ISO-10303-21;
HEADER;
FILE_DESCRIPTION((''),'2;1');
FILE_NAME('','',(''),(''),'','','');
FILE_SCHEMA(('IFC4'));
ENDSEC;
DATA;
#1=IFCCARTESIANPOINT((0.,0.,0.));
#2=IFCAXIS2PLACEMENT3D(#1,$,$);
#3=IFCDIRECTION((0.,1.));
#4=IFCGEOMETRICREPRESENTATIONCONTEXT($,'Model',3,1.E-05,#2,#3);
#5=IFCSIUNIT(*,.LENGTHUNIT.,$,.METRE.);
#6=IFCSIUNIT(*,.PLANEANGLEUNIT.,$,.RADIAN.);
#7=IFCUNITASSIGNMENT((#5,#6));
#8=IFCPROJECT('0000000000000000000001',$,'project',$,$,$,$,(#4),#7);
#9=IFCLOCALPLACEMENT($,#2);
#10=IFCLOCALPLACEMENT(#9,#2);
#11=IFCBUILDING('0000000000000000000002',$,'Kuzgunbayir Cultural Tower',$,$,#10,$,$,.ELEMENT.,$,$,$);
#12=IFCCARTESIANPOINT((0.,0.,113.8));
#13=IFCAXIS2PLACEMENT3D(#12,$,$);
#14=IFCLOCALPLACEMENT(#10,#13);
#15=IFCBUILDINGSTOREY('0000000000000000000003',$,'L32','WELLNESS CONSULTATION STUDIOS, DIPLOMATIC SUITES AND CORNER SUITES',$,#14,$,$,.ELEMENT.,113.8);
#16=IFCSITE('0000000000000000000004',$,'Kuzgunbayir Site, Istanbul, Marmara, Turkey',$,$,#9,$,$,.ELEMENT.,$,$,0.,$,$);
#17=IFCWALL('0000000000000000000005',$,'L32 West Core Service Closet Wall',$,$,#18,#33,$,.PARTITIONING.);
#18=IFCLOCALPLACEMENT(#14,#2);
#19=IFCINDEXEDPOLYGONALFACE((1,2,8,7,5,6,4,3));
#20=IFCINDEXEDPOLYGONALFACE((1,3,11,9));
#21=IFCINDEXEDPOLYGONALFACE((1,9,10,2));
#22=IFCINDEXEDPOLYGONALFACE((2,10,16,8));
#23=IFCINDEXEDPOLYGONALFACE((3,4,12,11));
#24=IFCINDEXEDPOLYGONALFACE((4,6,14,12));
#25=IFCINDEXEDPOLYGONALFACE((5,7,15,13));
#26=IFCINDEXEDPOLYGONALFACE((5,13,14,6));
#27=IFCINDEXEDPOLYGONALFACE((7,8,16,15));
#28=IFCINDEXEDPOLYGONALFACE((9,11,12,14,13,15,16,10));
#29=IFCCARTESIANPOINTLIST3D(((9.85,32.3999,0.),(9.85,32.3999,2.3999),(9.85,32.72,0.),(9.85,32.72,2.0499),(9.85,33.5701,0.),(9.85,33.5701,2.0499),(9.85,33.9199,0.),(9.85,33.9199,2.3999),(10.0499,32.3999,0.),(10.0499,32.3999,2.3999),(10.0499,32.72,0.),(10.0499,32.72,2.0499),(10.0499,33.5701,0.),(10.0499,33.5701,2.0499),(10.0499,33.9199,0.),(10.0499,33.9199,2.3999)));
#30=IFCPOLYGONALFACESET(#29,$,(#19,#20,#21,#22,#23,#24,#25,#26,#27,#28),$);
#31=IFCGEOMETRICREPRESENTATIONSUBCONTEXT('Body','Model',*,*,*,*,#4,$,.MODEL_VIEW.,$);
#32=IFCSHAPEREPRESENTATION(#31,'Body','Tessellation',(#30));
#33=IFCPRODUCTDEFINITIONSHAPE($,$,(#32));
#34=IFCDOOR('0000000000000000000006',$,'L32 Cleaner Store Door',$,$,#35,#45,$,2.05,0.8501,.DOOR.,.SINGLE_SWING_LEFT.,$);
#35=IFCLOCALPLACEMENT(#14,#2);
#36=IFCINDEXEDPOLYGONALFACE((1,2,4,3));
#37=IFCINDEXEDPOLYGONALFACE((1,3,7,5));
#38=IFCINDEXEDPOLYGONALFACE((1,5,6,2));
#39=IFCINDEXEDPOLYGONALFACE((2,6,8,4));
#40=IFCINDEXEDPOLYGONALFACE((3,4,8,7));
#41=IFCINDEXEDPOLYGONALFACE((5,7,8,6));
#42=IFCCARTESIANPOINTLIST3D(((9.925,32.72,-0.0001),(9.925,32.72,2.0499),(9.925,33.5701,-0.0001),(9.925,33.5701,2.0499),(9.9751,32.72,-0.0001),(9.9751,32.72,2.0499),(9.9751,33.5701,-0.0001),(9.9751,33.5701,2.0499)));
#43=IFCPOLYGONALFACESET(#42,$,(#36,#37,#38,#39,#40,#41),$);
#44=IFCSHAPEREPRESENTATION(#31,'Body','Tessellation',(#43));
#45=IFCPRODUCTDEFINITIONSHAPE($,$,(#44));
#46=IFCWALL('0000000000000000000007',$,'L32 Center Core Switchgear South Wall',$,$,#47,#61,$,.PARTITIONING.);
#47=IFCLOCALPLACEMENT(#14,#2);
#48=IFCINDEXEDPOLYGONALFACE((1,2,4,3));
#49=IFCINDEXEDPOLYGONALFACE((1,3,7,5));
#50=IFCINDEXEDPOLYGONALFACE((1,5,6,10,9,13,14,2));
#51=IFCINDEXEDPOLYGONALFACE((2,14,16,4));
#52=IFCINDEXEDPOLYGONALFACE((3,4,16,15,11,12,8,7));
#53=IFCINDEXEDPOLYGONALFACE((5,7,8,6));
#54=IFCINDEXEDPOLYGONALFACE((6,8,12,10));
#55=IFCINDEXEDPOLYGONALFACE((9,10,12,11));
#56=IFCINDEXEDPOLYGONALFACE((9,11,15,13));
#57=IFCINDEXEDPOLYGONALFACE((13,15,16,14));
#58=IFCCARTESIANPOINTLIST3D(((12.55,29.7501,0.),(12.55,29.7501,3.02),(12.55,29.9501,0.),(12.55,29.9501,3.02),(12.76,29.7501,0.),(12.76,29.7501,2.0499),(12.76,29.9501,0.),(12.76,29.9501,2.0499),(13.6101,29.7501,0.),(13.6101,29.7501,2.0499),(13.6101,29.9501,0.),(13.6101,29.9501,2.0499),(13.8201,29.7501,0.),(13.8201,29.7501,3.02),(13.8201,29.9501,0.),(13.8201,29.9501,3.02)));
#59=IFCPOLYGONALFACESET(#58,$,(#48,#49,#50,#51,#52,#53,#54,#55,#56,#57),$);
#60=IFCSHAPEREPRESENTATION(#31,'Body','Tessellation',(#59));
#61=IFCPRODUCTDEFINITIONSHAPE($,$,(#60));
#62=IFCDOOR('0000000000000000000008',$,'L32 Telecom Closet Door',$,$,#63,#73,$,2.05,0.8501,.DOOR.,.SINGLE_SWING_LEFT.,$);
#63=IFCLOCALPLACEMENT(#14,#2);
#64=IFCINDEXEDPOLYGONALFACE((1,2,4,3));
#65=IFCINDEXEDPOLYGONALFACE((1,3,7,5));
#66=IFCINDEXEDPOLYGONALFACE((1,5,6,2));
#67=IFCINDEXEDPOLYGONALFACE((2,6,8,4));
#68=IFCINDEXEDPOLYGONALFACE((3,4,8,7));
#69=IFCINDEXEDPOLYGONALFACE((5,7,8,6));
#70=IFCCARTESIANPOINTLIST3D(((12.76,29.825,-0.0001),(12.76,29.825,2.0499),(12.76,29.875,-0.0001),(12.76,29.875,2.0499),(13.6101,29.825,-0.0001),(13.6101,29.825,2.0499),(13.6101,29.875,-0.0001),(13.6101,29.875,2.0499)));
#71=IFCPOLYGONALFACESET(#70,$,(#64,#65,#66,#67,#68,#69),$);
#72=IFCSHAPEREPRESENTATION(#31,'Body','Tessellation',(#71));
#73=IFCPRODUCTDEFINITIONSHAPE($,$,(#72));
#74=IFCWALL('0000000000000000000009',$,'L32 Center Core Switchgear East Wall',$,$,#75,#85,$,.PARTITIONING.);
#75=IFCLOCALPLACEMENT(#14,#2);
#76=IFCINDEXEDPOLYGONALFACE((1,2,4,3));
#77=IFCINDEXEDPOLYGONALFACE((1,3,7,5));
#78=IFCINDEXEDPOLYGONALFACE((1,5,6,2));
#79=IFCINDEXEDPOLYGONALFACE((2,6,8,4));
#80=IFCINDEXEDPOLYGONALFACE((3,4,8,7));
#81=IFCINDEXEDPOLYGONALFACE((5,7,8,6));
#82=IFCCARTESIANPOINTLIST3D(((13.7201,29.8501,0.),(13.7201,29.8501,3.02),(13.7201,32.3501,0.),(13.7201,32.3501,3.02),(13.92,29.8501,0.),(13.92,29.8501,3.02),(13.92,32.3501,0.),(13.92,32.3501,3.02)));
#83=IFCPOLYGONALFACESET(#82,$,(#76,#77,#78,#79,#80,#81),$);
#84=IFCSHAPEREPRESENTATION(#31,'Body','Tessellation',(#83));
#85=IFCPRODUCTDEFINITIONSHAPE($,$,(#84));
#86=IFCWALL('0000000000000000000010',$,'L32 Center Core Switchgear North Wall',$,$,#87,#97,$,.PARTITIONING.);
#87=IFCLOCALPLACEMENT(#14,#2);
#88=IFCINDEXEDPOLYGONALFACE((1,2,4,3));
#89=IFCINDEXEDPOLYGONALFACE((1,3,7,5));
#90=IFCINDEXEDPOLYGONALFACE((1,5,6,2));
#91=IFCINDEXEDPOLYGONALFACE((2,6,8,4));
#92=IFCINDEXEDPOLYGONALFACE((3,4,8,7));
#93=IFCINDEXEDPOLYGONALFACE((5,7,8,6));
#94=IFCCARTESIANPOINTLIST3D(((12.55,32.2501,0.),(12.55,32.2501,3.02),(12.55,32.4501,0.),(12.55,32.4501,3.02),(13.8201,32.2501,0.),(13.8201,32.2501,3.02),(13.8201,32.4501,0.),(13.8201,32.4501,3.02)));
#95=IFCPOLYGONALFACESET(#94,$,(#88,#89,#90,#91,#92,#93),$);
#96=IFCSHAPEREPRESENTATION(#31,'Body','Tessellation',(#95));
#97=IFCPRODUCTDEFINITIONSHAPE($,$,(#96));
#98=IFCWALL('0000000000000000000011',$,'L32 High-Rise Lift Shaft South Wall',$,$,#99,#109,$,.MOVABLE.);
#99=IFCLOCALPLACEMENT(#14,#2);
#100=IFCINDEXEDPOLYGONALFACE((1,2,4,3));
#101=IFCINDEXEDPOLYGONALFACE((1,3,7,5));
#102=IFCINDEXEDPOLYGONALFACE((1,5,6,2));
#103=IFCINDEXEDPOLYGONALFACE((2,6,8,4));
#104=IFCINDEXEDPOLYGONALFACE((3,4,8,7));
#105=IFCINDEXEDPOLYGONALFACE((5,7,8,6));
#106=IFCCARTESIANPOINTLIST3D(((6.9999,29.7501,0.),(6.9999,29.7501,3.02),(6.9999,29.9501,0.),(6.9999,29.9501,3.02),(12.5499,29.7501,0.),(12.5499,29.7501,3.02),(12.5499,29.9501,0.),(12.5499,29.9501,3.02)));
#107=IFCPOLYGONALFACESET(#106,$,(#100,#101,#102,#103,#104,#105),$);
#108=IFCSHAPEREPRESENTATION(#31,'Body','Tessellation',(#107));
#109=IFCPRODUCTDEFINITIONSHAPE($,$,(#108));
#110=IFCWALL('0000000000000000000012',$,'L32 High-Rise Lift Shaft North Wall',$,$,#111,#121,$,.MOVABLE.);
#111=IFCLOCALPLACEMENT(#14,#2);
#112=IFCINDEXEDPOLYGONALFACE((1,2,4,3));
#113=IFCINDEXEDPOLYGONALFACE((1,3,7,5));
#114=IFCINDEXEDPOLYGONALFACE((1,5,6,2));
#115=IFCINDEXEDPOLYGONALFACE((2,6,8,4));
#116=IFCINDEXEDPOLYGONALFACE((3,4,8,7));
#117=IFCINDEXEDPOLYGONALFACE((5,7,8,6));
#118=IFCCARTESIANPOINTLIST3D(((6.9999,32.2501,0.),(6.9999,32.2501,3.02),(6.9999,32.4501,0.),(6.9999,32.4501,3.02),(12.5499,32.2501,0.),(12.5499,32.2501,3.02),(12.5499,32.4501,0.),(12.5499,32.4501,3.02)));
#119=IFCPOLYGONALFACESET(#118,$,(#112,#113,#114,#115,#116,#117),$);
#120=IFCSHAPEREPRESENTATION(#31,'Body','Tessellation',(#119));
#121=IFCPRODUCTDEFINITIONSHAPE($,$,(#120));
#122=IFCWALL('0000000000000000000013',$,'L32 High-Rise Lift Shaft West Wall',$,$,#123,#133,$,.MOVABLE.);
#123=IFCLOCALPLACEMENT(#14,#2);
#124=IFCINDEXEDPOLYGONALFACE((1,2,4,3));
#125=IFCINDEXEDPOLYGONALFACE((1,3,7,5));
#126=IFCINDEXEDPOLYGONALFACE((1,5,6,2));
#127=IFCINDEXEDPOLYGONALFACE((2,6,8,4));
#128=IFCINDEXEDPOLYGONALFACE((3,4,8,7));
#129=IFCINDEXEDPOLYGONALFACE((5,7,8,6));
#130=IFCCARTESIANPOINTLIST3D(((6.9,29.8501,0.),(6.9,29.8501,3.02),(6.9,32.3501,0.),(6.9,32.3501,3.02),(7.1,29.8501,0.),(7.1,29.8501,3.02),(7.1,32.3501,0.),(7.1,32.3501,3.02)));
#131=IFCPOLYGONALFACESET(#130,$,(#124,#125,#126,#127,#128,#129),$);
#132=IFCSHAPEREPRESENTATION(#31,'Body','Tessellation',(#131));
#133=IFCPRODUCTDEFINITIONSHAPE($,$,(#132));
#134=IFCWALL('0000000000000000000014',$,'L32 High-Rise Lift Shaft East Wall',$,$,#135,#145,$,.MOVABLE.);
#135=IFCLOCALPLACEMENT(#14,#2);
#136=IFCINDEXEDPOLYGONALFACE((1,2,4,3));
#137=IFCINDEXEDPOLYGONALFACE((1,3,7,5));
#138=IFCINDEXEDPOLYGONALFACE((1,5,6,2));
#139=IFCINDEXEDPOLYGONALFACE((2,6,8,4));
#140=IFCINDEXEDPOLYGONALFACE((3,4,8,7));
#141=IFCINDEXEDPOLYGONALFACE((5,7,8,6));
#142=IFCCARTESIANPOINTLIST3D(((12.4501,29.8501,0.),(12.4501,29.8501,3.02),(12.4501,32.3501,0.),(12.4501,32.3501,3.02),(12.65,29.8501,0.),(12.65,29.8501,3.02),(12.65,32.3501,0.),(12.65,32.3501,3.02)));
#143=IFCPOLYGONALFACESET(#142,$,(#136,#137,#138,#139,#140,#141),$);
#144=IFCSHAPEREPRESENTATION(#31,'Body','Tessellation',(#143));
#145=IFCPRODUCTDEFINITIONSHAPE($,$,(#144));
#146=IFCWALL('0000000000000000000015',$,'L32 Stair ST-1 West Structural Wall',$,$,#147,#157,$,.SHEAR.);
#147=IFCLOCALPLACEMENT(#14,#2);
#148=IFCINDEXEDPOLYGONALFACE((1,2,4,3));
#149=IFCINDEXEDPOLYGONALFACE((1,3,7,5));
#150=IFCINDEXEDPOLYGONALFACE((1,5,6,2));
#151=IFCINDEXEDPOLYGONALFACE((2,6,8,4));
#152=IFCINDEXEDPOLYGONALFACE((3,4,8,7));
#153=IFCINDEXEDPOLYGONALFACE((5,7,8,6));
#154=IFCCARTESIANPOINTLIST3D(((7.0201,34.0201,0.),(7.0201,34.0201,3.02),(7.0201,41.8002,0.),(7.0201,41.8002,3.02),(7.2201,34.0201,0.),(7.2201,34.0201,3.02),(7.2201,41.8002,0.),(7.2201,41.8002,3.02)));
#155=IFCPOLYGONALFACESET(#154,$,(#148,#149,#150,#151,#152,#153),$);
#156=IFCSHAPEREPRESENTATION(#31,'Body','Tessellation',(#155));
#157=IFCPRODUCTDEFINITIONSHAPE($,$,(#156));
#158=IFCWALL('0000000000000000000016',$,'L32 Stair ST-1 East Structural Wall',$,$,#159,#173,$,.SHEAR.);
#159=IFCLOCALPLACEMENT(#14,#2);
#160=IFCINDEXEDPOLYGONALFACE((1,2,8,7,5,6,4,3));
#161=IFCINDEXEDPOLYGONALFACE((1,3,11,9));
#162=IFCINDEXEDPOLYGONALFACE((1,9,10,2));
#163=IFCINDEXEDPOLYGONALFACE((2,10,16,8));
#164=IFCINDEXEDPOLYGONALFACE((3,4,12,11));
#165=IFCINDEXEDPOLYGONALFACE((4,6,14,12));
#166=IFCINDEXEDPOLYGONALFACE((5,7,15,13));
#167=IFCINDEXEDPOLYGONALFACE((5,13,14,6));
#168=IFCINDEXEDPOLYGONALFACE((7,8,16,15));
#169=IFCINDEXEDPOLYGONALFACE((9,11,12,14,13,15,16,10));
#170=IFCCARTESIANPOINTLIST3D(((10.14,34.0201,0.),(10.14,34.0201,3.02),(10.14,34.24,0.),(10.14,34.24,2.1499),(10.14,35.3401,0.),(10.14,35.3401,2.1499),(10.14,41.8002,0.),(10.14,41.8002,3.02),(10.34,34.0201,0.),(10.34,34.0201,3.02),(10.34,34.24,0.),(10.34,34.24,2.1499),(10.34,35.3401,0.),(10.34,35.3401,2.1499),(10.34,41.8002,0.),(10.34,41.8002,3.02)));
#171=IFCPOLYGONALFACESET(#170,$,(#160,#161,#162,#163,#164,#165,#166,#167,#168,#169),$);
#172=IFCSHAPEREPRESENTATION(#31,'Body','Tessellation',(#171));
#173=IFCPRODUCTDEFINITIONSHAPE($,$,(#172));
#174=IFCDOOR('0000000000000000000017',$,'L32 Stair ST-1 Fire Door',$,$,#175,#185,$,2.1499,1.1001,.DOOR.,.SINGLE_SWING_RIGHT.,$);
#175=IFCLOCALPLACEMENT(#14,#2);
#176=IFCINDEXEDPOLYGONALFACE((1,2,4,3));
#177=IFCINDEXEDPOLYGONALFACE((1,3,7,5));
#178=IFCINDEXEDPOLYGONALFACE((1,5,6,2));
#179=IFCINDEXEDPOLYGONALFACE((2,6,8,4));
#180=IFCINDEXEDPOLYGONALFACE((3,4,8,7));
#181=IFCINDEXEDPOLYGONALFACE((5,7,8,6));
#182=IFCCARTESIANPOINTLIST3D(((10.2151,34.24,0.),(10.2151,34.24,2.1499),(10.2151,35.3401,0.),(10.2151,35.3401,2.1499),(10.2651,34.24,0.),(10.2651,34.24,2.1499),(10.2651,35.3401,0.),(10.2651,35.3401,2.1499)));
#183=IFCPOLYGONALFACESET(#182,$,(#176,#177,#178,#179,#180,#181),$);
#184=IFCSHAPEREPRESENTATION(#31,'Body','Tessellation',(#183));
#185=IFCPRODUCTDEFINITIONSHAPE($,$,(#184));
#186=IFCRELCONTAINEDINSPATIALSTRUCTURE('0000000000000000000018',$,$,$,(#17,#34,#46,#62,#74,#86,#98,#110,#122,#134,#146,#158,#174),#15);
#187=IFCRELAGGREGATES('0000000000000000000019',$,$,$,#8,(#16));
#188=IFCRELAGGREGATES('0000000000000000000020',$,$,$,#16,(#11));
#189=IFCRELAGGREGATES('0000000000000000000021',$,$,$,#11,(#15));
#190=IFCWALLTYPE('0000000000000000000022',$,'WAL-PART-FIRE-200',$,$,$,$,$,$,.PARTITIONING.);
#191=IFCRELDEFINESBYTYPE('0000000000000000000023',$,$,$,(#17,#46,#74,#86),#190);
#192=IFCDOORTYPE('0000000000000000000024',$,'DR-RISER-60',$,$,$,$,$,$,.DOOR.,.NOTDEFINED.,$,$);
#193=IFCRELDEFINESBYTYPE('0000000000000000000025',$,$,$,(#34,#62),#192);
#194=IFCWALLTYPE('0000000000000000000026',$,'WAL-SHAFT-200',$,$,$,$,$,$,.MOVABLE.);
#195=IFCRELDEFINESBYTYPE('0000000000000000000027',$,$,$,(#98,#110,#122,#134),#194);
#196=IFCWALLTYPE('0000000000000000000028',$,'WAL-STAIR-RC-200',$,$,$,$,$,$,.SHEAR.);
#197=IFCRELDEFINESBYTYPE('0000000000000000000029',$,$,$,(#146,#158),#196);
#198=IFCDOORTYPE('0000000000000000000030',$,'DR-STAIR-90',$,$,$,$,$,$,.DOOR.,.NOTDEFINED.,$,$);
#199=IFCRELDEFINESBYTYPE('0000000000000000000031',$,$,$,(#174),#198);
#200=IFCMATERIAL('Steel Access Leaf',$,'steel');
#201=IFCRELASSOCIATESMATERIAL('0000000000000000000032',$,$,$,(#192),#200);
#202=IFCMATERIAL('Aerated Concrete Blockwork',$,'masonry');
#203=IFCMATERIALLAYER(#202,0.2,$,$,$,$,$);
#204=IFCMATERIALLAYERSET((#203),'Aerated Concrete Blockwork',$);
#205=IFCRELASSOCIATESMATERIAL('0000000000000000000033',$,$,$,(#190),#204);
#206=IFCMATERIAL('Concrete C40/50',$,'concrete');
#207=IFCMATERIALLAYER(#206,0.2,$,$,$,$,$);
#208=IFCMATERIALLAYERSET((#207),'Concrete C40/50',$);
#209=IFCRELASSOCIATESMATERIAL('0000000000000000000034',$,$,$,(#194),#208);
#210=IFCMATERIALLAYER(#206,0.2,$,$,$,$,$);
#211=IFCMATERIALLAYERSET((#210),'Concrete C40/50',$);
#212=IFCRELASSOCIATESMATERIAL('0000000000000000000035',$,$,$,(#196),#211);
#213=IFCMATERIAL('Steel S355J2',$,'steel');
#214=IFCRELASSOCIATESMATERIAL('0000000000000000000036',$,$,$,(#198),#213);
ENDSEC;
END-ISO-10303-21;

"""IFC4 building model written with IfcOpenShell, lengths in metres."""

from ifc_helpers import new_model, si_unit, direction, frame, frame_2d, origin, place, context, subcontext, project, spatial, rectangle, extrude, material, layer, layer_set, type_object, element, fill, save


model = new_model("IFC4")

# Units and contexts
model_context = context("Model", 3, precision=1e-05, world=origin(), true_north=direction((0.0, 1.0)))
body_context = subcontext(model_context, "Body", "Model", "MODEL_VIEW")
ifc_project = project(units=[si_unit("LENGTHUNIT", "METRE"), si_unit("PLANEANGLEUNIT", "RADIAN")], contexts=[model_context])

# Site, building, storey
site_placement = place(None, origin())
site = spatial("IfcSite", under=ifc_project, at=site_placement, Name="Kuzgunbayir Site, Istanbul, Marmara, Turkey", CompositionType="ELEMENT", RefElevation=0.0)
building_placement = place(site_placement, origin())
building = spatial("IfcBuilding", under=site, at=building_placement, Name="Kuzgunbayir Cultural Tower", CompositionType="ELEMENT")
storey_placement = place(building_placement, frame((0.0, 0.0, 113.8)))
storey = spatial("IfcBuildingStorey", under=building, at=storey_placement, Name="L32", Description="WELLNESS CONSULTATION STUDIOS, DIPLOMATIC SUITES AND CORNER SUITES", CompositionType="ELEMENT", Elevation=113.8)

# Shared definitions
ifc_material_1 = material(Name="Steel S355J2", Category="steel")

# Shared definitions
ifc_material_2 = material(Name="Steel Access Leaf", Category="steel")
door_type_1 = type_object("IfcDoorType", Name="DR-RISER-60", OperationType="NOTDEFINED", PredefinedType="DOOR", material=ifc_material_2)

# Shared definitions
ifc_material_3 = material(Name="Aerated Concrete Blockwork", Category="masonry")
ifc_layer_1 = layer(ifc_material_3, 0.2)
ifc_layer_set_1 = layer_set([ifc_layer_1], Name="Aerated Concrete Blockwork")
wall_type_1 = type_object("IfcWallType", Name="WAL-PART-FIRE-200", PredefinedType="PARTITIONING", material=ifc_layer_set_1)

# Walls, openings, doors
wall_1_placement = place(storey_placement, frame((9.95, 32.3999, 0.0), z_axis=(0.0, 0.0, 1.0), x_axis=(0.0, 1.0, 0.0)))
wall_1 = element("IfcWall", 1, at=wall_1_placement, inside=storey, type_object=wall_type_1, Name="L32 West Core Service Closet Wall", PredefinedType="PARTITIONING", context=body_context, shape_type="SweptSolid", body=[
    extrude(rectangle(XDim=1.52, YDim=0.2, at=frame_2d((0.76, 0.0))), origin(), (0.0, 0.0, 1.0), 2.3999),
])
opening_1_placement = place(wall_1_placement, frame((0.3201, 0.0, 0.0)))
opening_1 = element("IfcOpeningElement", 2, at=opening_1_placement, cuts=wall_1, PredefinedType="OPENING", context=body_context, shape_type="SweptSolid", body=[
    extrude(rectangle(XDim=0.8501, YDim=2.05, at=frame_2d((0.425, 1.0249))), frame((0.0, 0.1099, 0.0), z_axis=(0.0, -1.0, 0.0), x_axis=(1.0, 0.0, 0.0)), (0.0, 0.0, 1.0), 0.22),
])
door_1_placement = place(opening_1_placement, origin())
door_1 = element("IfcDoor", 3, at=door_1_placement, inside=storey, type_object=door_type_1, Name="L32 Cleaner Store Door", OperationType="SINGLE_SWING_LEFT", OverallHeight=2.05, OverallWidth=0.8501, PredefinedType="DOOR", context=body_context, shape_type="SweptSolid", body=[
    extrude(rectangle(XDim=0.8501, YDim=2.05, at=frame_2d((0.425, 1.0249))), frame((0.0, 0.0249, 0.0), z_axis=(0.0, -1.0, 0.0), x_axis=(1.0, 0.0, 0.0)), (0.0, 0.0, 1.0), 0.05),
])
fill(opening_1, door_1)
wall_2_placement = place(storey_placement, frame((12.55, 29.8501, 0.0), z_axis=(0.0, 0.0, 1.0), x_axis=(1.0, 0.0, 0.0)))
wall_2 = element("IfcWall", 4, at=wall_2_placement, inside=storey, type_object=wall_type_1, Name="L32 Center Core Switchgear South Wall", PredefinedType="PARTITIONING", context=body_context, shape_type="SweptSolid", body=[
    extrude(rectangle(XDim=1.27, YDim=0.2, at=frame_2d((0.635, 0.0))), origin(), (0.0, 0.0, 1.0), 3.02),
])
opening_2_placement = place(wall_2_placement, frame((0.21, 0.0, 0.0)))
opening_2 = element("IfcOpeningElement", 5, at=opening_2_placement, cuts=wall_2, PredefinedType="OPENING", context=body_context, shape_type="SweptSolid", body=[
    extrude(rectangle(XDim=0.8501, YDim=2.05, at=frame_2d((0.425, 1.0249))), frame((0.0, 0.1099, 0.0), z_axis=(0.0, -1.0, 0.0), x_axis=(1.0, 0.0, 0.0)), (0.0, 0.0, 1.0), 0.22),
])
door_2_placement = place(opening_2_placement, origin())
door_2 = element("IfcDoor", 6, at=door_2_placement, inside=storey, type_object=door_type_1, Name="L32 Telecom Closet Door", OperationType="SINGLE_SWING_LEFT", OverallHeight=2.05, OverallWidth=0.8501, PredefinedType="DOOR", context=body_context, shape_type="SweptSolid", body=[
    extrude(rectangle(XDim=0.8501, YDim=2.05, at=frame_2d((0.425, 1.0249))), frame((0.0, 0.0249, 0.0), z_axis=(0.0, -1.0, 0.0), x_axis=(1.0, 0.0, 0.0)), (0.0, 0.0, 1.0), 0.05),
])
fill(opening_2, door_2)

# Walls
wall_3_placement = place(storey_placement, frame((13.8201, 29.8501, 0.0), z_axis=(0.0, 0.0, 1.0), x_axis=(0.0, 1.0, 0.0)))
element("IfcWall", 7, at=wall_3_placement, inside=storey, type_object=wall_type_1, Name="L32 Center Core Switchgear East Wall", PredefinedType="PARTITIONING", context=body_context, shape_type="SweptSolid", body=[
    extrude(rectangle(XDim=2.5, YDim=0.2, at=frame_2d((1.25, 0.0))), origin(), (0.0, 0.0, 1.0), 3.02),
])
wall_4_placement = place(storey_placement, frame((12.55, 32.3501, 0.0), z_axis=(0.0, 0.0, 1.0), x_axis=(1.0, 0.0, 0.0)))
element("IfcWall", 8, at=wall_4_placement, inside=storey, type_object=wall_type_1, Name="L32 Center Core Switchgear North Wall", PredefinedType="PARTITIONING", context=body_context, shape_type="SweptSolid", body=[
    extrude(rectangle(XDim=1.27, YDim=0.2, at=frame_2d((0.635, 0.0))), origin(), (0.0, 0.0, 1.0), 3.02),
])
ifc_material_4 = material(Name="Concrete C40/50", Category="concrete")
ifc_layer_2 = layer(ifc_material_4, 0.2)
ifc_layer_set_2 = layer_set([ifc_layer_2], Name="Concrete C40/50")
wall_type_2 = type_object("IfcWallType", Name="WAL-SHAFT-200", PredefinedType="MOVABLE", material=ifc_layer_set_2)
for number, where, z_axis, x_axis, name in (
    (9, (7.0, 29.8501, 0.0), (0.0, 0.0, 1.0), (1.0, 0.0, 0.0), "L32 High-Rise Lift Shaft South Wall"),
    (10, (7.0, 32.3501, 0.0), (0.0, 0.0, 1.0), (1.0, 0.0, 0.0), "L32 High-Rise Lift Shaft North Wall"),
):
    element("IfcWall", number, at=place(storey_placement, frame(where, z_axis=z_axis, x_axis=x_axis)), inside=storey, type_object=wall_type_2, Name=name, PredefinedType="MOVABLE", context=body_context, shape_type="SweptSolid", body=[
        extrude(rectangle(XDim=5.55, YDim=0.2, at=frame_2d((2.7749, 0.0))), origin(), (0.0, 0.0, 1.0), 3.02),
    ])
for number, where, z_axis, x_axis, name in (
    (11, (7.0, 29.8501, 0.0), (0.0, 0.0, 1.0), (0.0, 1.0, 0.0), "L32 High-Rise Lift Shaft West Wall"),
    (12, (12.55, 29.8501, 0.0), (0.0, 0.0, 1.0), (0.0, 1.0, 0.0), "L32 High-Rise Lift Shaft East Wall"),
):
    element("IfcWall", number, at=place(storey_placement, frame(where, z_axis=z_axis, x_axis=x_axis)), inside=storey, type_object=wall_type_2, Name=name, PredefinedType="MOVABLE", context=body_context, shape_type="SweptSolid", body=[
        extrude(rectangle(XDim=2.5, YDim=0.2, at=frame_2d((1.25, 0.0))), origin(), (0.0, 0.0, 1.0), 3.02),
    ])
ifc_layer_3 = layer(ifc_material_4, 0.2)
ifc_layer_set_3 = layer_set([ifc_layer_3], Name="Concrete C40/50")
wall_type_3 = type_object("IfcWallType", Name="WAL-STAIR-RC-200", PredefinedType="SHEAR", material=ifc_layer_set_3)
wall_5_placement = place(storey_placement, frame((7.1201, 34.02, 0.0), z_axis=(0.0, 0.0, 1.0), x_axis=(0.0, 1.0, 0.0)))
element("IfcWall", 13, at=wall_5_placement, inside=storey, type_object=wall_type_3, Name="L32 Stair ST-1 West Structural Wall", PredefinedType="SHEAR", context=body_context, shape_type="SweptSolid", body=[
    extrude(rectangle(XDim=7.78, YDim=0.2, at=frame_2d((3.8901, 0.0))), origin(), (0.0, 0.0, 1.0), 3.02),
])

# Wall, opening, door
wall_6_placement = place(storey_placement, frame((10.24, 34.02, 0.0), z_axis=(0.0, 0.0, 1.0), x_axis=(0.0, 1.0, 0.0)))
wall_6 = element("IfcWall", 14, at=wall_6_placement, inside=storey, type_object=wall_type_3, Name="L32 Stair ST-1 East Structural Wall", PredefinedType="SHEAR", context=body_context, shape_type="SweptSolid", body=[
    extrude(rectangle(XDim=7.78, YDim=0.2, at=frame_2d((3.8901, 0.0))), origin(), (0.0, 0.0, 1.0), 3.02),
])
opening_3_placement = place(wall_6_placement, frame((0.22, 0.0, 0.0)))
opening_3 = element("IfcOpeningElement", 15, at=opening_3_placement, cuts=wall_6, PredefinedType="OPENING", context=body_context, shape_type="SweptSolid", body=[
    extrude(rectangle(XDim=1.1001, YDim=2.1499, at=frame_2d((0.55, 1.075))), frame((0.0, 0.1099, 0.0), z_axis=(0.0, -1.0, 0.0), x_axis=(1.0, 0.0, 0.0)), (0.0, 0.0, 1.0), 0.22),
])
door_type_2 = type_object("IfcDoorType", Name="DR-STAIR-90", OperationType="NOTDEFINED", PredefinedType="DOOR", material=ifc_material_1)
door_3_placement = place(opening_3_placement, origin())
door_3 = element("IfcDoor", 16, at=door_3_placement, inside=storey, type_object=door_type_2, Name="L32 Stair ST-1 Fire Door", OperationType="SINGLE_SWING_RIGHT", OverallHeight=2.1499, OverallWidth=1.1001, PredefinedType="DOOR", context=body_context, shape_type="SweptSolid", body=[
    extrude(rectangle(XDim=1.1001, YDim=2.1499, at=frame_2d((0.55, 1.075))), frame((0.0, 0.0249, 0.0), z_axis=(0.0, -1.0, 0.0), x_axis=(1.0, 0.0, 0.0)), (0.0, 0.0, 1.0), 0.05),
])
fill(opening_3, door_3)

save(model, "model.ifc")
